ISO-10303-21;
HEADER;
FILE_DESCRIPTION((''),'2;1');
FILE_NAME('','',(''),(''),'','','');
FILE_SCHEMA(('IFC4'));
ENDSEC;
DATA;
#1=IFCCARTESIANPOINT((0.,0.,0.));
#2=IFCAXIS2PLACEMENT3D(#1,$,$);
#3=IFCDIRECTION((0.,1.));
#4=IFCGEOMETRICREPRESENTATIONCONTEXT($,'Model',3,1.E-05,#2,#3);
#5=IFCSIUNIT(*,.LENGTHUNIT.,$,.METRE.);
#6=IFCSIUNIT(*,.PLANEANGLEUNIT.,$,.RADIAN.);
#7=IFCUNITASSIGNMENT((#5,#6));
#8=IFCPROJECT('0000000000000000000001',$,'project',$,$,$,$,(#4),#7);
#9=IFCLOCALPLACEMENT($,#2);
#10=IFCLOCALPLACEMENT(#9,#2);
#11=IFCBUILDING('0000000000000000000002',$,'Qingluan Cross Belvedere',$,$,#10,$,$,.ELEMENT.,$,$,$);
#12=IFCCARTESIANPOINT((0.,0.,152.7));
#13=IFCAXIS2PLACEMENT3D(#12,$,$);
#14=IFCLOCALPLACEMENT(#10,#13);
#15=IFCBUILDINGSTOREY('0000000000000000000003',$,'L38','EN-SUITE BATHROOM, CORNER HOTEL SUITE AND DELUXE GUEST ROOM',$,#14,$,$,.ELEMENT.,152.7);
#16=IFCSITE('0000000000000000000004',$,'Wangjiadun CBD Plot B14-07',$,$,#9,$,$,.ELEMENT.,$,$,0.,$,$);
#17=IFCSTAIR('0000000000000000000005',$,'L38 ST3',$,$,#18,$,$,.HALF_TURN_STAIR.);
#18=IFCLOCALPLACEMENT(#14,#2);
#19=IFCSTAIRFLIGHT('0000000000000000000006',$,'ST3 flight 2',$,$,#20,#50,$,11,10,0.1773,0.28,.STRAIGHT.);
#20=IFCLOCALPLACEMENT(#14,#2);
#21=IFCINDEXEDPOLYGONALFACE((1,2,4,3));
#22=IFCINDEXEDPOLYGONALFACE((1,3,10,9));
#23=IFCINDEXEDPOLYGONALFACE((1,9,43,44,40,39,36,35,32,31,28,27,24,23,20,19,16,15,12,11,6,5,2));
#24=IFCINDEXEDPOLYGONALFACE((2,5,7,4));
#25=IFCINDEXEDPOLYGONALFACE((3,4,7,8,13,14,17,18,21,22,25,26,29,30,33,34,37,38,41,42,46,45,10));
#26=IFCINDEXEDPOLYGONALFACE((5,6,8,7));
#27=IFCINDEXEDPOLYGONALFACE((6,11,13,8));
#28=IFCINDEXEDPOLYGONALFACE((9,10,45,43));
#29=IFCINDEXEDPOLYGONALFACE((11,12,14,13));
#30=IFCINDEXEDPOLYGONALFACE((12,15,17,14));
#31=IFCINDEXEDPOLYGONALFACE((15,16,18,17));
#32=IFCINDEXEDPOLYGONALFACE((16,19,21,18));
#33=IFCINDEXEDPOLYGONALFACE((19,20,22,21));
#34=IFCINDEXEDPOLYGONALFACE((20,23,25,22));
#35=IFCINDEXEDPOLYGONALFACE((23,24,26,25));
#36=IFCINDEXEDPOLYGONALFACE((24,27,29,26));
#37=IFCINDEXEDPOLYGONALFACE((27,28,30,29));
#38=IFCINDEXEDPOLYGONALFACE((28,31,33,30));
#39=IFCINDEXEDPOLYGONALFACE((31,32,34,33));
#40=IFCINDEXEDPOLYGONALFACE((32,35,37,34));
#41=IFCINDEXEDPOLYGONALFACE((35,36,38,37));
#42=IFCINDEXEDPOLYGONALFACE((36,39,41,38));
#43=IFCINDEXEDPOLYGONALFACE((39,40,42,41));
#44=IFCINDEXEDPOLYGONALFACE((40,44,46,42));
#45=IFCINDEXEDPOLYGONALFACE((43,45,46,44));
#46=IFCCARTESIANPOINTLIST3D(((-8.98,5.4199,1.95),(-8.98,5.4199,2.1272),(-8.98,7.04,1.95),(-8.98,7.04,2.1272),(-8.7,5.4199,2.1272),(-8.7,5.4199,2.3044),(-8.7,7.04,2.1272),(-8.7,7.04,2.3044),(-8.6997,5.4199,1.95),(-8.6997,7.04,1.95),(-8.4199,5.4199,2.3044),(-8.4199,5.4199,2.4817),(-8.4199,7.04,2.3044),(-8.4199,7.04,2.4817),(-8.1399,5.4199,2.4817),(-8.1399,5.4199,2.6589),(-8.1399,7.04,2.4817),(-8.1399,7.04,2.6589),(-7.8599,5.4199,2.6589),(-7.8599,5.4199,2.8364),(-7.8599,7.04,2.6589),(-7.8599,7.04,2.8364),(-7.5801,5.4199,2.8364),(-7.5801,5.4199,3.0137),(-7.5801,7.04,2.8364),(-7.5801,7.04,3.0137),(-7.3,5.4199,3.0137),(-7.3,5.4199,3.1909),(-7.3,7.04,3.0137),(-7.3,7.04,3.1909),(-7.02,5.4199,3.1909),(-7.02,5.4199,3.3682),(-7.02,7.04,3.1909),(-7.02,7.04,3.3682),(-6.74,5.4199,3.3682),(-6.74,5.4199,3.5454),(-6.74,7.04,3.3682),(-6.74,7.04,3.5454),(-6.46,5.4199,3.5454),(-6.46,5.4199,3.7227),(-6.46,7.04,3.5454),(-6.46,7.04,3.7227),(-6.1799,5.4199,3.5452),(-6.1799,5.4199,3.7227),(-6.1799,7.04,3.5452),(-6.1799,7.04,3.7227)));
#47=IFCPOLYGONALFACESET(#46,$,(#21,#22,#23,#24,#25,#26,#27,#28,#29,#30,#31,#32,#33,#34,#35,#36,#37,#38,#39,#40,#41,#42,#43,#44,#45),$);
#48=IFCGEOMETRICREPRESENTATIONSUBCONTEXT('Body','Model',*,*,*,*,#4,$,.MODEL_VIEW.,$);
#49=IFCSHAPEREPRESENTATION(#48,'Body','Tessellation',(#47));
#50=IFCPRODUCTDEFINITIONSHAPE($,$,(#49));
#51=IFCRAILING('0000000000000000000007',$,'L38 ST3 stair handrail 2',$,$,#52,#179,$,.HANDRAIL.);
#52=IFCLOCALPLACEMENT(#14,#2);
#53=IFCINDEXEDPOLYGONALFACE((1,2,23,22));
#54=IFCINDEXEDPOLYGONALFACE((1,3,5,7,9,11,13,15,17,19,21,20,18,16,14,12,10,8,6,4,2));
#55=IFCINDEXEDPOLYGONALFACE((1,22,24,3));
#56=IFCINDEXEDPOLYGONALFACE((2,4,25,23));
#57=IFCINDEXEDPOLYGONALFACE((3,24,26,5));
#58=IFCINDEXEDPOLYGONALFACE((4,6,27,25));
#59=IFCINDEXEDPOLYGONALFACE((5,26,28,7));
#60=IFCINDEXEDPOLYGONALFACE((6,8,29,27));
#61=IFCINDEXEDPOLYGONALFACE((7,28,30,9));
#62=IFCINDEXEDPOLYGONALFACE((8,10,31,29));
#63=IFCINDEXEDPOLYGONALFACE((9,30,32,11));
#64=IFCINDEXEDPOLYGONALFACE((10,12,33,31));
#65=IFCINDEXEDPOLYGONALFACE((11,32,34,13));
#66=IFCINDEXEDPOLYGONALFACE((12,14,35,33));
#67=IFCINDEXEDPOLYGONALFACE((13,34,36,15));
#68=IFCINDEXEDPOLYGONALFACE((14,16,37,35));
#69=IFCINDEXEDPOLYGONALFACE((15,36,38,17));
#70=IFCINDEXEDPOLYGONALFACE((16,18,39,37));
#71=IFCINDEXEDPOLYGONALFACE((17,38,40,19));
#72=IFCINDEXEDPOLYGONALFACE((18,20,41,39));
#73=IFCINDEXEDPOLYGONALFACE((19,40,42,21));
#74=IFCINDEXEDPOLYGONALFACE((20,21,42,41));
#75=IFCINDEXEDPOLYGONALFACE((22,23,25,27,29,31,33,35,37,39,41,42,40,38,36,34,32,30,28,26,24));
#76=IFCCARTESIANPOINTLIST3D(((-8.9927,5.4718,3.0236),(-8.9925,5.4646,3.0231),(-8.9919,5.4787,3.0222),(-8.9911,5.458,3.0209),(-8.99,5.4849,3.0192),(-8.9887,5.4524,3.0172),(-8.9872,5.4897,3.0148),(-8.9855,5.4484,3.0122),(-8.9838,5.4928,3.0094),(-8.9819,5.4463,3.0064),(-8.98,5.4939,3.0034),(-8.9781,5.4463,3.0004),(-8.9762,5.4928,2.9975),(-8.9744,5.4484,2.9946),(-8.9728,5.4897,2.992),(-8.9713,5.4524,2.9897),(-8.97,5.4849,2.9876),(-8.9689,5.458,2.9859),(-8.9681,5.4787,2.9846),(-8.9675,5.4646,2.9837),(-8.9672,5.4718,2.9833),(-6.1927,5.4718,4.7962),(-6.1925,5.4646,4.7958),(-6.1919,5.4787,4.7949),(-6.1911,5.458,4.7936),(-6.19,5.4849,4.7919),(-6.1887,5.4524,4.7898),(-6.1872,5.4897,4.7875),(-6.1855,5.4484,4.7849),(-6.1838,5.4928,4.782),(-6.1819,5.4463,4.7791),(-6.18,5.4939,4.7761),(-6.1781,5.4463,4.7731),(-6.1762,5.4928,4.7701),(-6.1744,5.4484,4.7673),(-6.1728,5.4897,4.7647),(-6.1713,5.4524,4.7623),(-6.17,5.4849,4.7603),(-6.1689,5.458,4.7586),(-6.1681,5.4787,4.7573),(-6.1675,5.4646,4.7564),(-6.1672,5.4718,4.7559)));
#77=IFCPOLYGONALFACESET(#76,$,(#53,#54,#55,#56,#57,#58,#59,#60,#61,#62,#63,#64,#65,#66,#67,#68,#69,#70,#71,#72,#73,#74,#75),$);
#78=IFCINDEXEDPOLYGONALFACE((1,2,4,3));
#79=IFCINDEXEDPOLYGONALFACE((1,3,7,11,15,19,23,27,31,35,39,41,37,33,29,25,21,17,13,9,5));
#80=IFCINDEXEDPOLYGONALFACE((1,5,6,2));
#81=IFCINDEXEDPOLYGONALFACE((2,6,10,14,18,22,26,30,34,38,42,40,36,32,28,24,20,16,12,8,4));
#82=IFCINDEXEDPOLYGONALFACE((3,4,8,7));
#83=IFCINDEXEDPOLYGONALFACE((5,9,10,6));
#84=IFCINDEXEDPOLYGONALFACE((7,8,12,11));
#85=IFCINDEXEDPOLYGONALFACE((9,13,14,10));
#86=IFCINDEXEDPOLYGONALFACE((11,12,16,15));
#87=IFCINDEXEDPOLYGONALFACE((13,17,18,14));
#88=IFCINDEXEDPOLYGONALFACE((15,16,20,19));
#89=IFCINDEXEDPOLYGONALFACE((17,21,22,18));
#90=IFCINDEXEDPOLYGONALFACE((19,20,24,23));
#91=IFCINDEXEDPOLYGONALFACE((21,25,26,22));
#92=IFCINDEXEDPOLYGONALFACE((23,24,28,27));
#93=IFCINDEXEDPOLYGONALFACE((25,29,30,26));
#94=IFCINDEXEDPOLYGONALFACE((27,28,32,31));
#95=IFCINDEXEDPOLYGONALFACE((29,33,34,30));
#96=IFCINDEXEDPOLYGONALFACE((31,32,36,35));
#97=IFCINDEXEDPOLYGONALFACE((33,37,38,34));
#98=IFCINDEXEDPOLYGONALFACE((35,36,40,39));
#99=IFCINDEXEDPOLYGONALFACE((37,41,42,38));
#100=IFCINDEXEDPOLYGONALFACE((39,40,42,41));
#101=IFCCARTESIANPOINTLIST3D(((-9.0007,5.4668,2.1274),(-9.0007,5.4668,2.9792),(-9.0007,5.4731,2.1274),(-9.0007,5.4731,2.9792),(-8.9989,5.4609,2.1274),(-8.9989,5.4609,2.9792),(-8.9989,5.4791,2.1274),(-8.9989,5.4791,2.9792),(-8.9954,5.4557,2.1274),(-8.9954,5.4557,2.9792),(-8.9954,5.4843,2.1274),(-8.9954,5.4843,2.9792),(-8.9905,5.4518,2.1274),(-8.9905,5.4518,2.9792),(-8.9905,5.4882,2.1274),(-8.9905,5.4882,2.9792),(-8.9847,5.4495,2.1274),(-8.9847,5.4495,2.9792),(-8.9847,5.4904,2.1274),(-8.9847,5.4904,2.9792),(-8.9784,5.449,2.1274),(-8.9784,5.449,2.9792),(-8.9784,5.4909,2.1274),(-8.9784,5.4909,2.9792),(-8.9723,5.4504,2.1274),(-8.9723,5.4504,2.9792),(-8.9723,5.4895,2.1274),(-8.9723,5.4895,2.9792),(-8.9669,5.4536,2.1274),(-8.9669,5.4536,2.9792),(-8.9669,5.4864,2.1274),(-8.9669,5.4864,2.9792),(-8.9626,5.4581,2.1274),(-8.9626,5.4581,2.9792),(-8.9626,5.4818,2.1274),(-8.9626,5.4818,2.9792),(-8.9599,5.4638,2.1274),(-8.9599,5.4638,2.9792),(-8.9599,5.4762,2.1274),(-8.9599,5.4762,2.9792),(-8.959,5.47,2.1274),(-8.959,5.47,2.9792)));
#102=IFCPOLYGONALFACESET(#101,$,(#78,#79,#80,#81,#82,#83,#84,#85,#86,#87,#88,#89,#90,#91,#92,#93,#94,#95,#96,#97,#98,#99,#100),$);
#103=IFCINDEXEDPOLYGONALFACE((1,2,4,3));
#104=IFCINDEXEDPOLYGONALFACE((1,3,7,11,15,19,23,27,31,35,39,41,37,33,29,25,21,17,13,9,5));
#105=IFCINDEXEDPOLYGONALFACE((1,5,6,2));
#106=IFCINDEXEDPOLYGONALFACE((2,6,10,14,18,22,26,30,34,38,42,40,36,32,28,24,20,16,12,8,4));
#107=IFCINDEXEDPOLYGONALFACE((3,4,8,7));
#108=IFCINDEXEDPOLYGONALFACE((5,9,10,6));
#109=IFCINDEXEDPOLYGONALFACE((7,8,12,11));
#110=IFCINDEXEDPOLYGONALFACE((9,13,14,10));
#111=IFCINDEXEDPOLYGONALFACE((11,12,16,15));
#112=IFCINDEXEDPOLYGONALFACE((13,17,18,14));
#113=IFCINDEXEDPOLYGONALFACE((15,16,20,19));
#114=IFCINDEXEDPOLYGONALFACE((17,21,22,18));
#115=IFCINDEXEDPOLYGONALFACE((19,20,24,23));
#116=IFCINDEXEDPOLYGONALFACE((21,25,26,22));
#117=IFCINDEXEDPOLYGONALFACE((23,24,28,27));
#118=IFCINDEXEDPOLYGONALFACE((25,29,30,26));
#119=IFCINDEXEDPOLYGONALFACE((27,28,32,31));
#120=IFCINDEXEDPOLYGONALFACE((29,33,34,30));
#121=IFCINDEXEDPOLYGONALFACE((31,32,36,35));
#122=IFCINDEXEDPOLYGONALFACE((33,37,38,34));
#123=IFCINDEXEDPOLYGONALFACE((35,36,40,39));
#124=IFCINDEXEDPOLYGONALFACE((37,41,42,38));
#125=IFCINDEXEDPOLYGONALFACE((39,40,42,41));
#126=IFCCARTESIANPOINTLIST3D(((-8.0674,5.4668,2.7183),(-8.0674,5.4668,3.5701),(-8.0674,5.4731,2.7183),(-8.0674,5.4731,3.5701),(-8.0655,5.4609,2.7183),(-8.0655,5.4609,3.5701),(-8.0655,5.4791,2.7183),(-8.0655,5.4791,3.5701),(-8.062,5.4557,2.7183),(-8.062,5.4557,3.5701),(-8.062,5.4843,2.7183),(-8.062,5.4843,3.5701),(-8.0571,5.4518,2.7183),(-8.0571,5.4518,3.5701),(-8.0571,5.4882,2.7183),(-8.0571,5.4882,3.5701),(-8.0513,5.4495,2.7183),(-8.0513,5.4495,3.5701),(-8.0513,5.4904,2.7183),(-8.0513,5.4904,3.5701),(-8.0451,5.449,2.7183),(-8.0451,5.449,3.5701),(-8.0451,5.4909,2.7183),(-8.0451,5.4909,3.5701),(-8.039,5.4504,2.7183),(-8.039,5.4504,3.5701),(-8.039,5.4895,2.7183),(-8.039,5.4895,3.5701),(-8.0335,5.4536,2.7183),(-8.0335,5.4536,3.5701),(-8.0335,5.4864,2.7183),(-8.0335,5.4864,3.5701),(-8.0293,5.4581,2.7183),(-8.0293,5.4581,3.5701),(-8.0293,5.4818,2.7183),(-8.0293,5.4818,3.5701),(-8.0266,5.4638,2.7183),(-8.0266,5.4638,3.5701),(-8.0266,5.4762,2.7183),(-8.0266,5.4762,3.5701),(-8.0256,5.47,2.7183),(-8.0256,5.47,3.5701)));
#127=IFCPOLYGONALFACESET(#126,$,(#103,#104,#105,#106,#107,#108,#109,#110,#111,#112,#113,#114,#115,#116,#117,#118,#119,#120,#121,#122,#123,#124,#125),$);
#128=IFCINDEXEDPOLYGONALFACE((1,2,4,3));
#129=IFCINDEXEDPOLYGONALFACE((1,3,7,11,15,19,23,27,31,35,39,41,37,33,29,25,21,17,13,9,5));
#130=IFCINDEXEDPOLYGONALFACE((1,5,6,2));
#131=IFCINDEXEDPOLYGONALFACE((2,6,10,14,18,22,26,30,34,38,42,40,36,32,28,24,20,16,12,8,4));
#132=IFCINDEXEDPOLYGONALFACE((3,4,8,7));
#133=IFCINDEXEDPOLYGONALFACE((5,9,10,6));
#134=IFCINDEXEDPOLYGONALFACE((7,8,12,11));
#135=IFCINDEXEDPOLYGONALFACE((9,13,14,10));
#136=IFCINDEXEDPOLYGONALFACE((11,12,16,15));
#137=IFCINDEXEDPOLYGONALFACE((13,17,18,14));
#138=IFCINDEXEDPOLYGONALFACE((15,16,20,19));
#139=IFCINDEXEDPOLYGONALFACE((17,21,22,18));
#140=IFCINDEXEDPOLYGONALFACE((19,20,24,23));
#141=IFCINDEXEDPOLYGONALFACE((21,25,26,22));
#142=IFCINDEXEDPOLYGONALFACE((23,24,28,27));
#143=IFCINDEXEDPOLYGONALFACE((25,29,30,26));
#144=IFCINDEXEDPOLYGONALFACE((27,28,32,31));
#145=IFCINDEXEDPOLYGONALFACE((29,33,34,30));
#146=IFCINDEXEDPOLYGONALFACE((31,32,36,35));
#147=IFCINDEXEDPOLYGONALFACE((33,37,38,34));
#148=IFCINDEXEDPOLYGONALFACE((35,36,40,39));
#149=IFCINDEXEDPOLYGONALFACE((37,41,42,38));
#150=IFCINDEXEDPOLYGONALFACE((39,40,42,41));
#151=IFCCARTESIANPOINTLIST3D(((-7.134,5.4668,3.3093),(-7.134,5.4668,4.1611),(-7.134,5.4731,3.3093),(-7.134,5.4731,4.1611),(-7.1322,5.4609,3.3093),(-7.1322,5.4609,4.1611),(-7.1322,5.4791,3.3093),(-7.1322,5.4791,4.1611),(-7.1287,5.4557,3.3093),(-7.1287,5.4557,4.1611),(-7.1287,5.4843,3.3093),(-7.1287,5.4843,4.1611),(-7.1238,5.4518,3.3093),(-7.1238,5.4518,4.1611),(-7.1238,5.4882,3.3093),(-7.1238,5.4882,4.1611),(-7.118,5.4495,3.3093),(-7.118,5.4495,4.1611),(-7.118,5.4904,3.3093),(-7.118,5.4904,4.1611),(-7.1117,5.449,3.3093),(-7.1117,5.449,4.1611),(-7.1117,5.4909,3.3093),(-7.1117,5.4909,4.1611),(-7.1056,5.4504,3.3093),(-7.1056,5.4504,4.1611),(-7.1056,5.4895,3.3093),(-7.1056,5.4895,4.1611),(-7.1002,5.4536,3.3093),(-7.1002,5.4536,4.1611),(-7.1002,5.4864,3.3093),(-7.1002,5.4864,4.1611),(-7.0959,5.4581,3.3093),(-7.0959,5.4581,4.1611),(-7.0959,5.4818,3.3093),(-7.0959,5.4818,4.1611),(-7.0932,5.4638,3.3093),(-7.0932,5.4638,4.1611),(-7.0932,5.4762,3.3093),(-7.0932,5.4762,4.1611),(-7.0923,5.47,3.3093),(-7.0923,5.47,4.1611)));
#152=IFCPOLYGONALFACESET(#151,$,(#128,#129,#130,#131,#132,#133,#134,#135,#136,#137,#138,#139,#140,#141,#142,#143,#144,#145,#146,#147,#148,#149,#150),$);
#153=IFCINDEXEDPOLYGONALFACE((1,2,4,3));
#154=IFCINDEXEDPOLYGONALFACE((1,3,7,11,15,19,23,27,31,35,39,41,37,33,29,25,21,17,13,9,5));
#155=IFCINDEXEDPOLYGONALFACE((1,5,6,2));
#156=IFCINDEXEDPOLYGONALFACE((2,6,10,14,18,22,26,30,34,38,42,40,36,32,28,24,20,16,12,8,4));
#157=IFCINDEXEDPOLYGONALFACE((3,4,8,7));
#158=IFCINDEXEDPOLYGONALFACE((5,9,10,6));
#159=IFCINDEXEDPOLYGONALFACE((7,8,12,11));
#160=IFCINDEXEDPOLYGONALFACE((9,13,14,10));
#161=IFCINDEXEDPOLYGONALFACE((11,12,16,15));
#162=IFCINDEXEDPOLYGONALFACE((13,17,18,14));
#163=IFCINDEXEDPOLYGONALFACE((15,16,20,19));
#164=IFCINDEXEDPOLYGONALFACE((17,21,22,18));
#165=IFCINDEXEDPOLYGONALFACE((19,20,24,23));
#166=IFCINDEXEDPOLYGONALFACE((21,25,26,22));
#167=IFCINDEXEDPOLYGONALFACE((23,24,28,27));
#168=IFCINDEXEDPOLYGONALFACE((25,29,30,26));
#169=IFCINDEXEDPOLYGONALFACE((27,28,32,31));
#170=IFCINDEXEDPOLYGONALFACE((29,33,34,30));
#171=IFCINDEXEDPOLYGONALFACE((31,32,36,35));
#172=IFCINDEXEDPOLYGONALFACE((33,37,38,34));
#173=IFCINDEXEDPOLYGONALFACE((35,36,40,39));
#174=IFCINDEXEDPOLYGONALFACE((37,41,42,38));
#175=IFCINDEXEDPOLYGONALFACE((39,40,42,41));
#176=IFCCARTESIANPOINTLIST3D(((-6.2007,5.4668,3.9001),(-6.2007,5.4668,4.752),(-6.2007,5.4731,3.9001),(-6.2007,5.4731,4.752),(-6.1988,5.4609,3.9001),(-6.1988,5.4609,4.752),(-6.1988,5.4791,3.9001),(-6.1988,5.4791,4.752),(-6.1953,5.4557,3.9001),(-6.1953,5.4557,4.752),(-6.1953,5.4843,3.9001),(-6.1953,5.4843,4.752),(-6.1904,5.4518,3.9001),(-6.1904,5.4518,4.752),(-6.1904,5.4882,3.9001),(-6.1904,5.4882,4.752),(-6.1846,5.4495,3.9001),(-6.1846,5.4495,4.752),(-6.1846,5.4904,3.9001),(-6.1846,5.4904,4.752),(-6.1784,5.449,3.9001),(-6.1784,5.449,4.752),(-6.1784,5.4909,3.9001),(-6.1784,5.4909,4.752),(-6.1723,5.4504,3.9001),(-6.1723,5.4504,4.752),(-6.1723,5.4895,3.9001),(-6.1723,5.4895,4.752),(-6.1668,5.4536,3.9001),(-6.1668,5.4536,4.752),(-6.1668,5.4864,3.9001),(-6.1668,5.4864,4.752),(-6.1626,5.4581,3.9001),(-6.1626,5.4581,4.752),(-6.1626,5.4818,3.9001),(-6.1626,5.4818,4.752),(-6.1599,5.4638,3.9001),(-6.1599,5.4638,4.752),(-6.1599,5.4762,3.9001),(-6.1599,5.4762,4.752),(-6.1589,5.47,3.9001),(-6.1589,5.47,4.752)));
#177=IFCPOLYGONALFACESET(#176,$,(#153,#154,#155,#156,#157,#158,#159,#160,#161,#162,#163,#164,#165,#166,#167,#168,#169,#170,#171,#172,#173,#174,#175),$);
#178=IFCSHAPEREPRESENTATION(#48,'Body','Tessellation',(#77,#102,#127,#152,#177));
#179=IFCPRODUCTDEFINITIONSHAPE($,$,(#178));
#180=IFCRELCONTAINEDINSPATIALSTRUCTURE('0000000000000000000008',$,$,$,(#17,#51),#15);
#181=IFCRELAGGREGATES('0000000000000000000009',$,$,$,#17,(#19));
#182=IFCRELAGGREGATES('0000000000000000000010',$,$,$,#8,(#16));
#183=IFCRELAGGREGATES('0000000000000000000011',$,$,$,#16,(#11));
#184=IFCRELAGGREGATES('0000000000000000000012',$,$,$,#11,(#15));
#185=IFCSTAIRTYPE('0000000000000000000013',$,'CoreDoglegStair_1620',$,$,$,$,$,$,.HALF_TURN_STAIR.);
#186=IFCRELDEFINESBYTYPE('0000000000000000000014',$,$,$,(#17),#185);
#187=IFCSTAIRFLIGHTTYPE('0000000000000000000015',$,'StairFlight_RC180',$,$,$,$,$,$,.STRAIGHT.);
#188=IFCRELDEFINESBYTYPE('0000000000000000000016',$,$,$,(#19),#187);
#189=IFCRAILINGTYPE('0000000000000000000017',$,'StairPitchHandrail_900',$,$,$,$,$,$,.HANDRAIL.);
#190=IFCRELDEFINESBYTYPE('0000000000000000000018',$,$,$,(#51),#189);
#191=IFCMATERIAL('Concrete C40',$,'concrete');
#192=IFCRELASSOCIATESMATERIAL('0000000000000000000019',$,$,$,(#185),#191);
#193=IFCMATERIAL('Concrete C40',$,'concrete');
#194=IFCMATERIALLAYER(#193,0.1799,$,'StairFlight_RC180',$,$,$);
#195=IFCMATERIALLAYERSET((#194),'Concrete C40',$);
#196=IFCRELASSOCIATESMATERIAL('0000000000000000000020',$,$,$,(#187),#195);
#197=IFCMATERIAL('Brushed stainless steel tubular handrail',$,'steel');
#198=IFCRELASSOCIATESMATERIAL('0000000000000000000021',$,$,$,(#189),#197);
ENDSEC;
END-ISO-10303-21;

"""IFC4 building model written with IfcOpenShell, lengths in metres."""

from ifc_helpers import new_model, si_unit, direction, frame, origin, origin_2d, place, context, subcontext, project, spatial, polyline, circle, outline, extrude, material, layer, layer_set, type_object, element, aggregate, save


model = new_model("IFC4")

# Units and contexts
model_context = context("Model", 3, precision=1e-05, world=origin(), true_north=direction((0.0, 1.0)))
body_context = subcontext(model_context, "Body", "Model", "MODEL_VIEW")
ifc_project = project(units=[si_unit("LENGTHUNIT", "METRE"), si_unit("PLANEANGLEUNIT", "RADIAN")], contexts=[model_context])

# Site, building, storey
site_placement = place(None, origin())
site = spatial("IfcSite", under=ifc_project, at=site_placement, Name="Wangjiadun CBD Plot B14-07", CompositionType="ELEMENT", RefElevation=0.0)
building_placement = place(site_placement, origin())
building = spatial("IfcBuilding", under=site, at=building_placement, Name="Qingluan Cross Belvedere", CompositionType="ELEMENT")
storey_placement = place(building_placement, frame((0.0, 0.0, 152.7)))
storey = spatial("IfcBuildingStorey", under=building, at=storey_placement, Name="L38", Description="EN-SUITE BATHROOM, CORNER HOTEL SUITE AND DELUXE GUEST ROOM", CompositionType="ELEMENT", Elevation=152.7)

# Stair, stair flight
ifc_material_1 = material(Name="Concrete C40", Category="concrete")
stair_type = type_object("IfcStairType", Name="CoreDoglegStair_1620", PredefinedType="HALF_TURN_STAIR", material=ifc_material_1)
stair_placement = place(storey_placement, origin())
stair = element("IfcStair", 1, at=stair_placement, inside=storey, type_object=stair_type, Name="L38 ST3", PredefinedType="HALF_TURN_STAIR")
ifc_material_2 = material(Name="Concrete C40", Category="concrete")
ifc_layer_1 = layer(ifc_material_2, 0.1799, Name="StairFlight_RC180")
ifc_layer_set_1 = layer_set([ifc_layer_1], Name="Concrete C40")
stair_flight_type = type_object("IfcStairFlightType", Name="StairFlight_RC180", PredefinedType="STRAIGHT", material=ifc_layer_set_1)
stair_flight_placement = place(storey_placement, frame((-8.98, 6.23, 1.95), z_axis=(0.0, 0.0, 1.0), x_axis=(1.0, 0.0, 0.0)))
stair_flight = element("IfcStairFlight", 2, at=stair_flight_placement, type_object=stair_flight_type, Name="ST3 flight 2", NumberOfRisers=11, NumberOfTreads=10, PredefinedType="STRAIGHT", RiserHeight=0.1773, TreadLength=0.28, context=body_context, shape_type="SweptSolid", body=[
    extrude(outline(polyline([(0.0, 0.0), (0.0, 0.1772), (0.28, 0.1772), (0.28, 0.3545), (0.5601, 0.3545), (0.5601, 0.5317), (0.8401, 0.5317), (0.8401, 0.709), (1.1201, 0.709), (1.1201, 0.8865), (1.3999, 0.8865), (1.3999, 1.0637), (1.6799, 1.0637), (1.6799, 1.241), (1.96, 1.241), (1.96, 1.4182), (2.24, 1.4182), (2.24, 1.5955), (2.52, 1.5955), (2.52, 1.7727), (2.8, 1.7727), (2.8, 1.95), (2.8, 1.5952), (0.2803, 0.0), (0.0, 0.0)])), frame((0.0, 0.8101, 0.0), z_axis=(0.0, -1.0, 0.0), x_axis=(1.0, 0.0, 0.0)), (0.0, 0.0, 1.0), 1.6201),
])
aggregate(stair, [stair_flight])

# Railing
ifc_material_3 = material(Name="Brushed stainless steel tubular handrail", Category="steel")
railing_type_1 = type_object("IfcRailingType", Name="StairPitchHandrail_900", PredefinedType="HANDRAIL", material=ifc_material_3)
railing_1_placement = place(storey_placement, frame((-8.98, 5.47, 2.1274)))
element("IfcRailing", 3, at=railing_1_placement, inside=storey, type_object=railing_type_1, Name="L38 ST3 stair handrail 2", PredefinedType="HANDRAIL", context=body_context, shape_type="SweptSolid", body=[
    extrude(circle(Radius=0.0239, at=origin_2d()), frame((0.0, 0.0, 0.876), z_axis=(0.844909, 0.0, 0.53491), x_axis=(0.0, 1.0, 0.0)), (0.0, 0.0, 1.0), 3.314),
    extrude(circle(Radius=0.021, at=origin_2d()), origin(), (0.0, 0.0, 1.0), 0.8518),
    extrude(circle(Radius=0.021, at=origin_2d()), frame((0.9333, 0.0, 0.5908)), (0.0, 0.0, 1.0), 0.8518),
    extrude(circle(Radius=0.021, at=origin_2d()), frame((1.8667, 0.0, 1.1819)), (0.0, 0.0, 1.0), 0.8518),
    extrude(circle(Radius=0.021, at=origin_2d()), frame((2.8, 0.0, 1.7727)), (0.0, 0.0, 1.0), 0.8518),
])

save(model, "model.ifc")
